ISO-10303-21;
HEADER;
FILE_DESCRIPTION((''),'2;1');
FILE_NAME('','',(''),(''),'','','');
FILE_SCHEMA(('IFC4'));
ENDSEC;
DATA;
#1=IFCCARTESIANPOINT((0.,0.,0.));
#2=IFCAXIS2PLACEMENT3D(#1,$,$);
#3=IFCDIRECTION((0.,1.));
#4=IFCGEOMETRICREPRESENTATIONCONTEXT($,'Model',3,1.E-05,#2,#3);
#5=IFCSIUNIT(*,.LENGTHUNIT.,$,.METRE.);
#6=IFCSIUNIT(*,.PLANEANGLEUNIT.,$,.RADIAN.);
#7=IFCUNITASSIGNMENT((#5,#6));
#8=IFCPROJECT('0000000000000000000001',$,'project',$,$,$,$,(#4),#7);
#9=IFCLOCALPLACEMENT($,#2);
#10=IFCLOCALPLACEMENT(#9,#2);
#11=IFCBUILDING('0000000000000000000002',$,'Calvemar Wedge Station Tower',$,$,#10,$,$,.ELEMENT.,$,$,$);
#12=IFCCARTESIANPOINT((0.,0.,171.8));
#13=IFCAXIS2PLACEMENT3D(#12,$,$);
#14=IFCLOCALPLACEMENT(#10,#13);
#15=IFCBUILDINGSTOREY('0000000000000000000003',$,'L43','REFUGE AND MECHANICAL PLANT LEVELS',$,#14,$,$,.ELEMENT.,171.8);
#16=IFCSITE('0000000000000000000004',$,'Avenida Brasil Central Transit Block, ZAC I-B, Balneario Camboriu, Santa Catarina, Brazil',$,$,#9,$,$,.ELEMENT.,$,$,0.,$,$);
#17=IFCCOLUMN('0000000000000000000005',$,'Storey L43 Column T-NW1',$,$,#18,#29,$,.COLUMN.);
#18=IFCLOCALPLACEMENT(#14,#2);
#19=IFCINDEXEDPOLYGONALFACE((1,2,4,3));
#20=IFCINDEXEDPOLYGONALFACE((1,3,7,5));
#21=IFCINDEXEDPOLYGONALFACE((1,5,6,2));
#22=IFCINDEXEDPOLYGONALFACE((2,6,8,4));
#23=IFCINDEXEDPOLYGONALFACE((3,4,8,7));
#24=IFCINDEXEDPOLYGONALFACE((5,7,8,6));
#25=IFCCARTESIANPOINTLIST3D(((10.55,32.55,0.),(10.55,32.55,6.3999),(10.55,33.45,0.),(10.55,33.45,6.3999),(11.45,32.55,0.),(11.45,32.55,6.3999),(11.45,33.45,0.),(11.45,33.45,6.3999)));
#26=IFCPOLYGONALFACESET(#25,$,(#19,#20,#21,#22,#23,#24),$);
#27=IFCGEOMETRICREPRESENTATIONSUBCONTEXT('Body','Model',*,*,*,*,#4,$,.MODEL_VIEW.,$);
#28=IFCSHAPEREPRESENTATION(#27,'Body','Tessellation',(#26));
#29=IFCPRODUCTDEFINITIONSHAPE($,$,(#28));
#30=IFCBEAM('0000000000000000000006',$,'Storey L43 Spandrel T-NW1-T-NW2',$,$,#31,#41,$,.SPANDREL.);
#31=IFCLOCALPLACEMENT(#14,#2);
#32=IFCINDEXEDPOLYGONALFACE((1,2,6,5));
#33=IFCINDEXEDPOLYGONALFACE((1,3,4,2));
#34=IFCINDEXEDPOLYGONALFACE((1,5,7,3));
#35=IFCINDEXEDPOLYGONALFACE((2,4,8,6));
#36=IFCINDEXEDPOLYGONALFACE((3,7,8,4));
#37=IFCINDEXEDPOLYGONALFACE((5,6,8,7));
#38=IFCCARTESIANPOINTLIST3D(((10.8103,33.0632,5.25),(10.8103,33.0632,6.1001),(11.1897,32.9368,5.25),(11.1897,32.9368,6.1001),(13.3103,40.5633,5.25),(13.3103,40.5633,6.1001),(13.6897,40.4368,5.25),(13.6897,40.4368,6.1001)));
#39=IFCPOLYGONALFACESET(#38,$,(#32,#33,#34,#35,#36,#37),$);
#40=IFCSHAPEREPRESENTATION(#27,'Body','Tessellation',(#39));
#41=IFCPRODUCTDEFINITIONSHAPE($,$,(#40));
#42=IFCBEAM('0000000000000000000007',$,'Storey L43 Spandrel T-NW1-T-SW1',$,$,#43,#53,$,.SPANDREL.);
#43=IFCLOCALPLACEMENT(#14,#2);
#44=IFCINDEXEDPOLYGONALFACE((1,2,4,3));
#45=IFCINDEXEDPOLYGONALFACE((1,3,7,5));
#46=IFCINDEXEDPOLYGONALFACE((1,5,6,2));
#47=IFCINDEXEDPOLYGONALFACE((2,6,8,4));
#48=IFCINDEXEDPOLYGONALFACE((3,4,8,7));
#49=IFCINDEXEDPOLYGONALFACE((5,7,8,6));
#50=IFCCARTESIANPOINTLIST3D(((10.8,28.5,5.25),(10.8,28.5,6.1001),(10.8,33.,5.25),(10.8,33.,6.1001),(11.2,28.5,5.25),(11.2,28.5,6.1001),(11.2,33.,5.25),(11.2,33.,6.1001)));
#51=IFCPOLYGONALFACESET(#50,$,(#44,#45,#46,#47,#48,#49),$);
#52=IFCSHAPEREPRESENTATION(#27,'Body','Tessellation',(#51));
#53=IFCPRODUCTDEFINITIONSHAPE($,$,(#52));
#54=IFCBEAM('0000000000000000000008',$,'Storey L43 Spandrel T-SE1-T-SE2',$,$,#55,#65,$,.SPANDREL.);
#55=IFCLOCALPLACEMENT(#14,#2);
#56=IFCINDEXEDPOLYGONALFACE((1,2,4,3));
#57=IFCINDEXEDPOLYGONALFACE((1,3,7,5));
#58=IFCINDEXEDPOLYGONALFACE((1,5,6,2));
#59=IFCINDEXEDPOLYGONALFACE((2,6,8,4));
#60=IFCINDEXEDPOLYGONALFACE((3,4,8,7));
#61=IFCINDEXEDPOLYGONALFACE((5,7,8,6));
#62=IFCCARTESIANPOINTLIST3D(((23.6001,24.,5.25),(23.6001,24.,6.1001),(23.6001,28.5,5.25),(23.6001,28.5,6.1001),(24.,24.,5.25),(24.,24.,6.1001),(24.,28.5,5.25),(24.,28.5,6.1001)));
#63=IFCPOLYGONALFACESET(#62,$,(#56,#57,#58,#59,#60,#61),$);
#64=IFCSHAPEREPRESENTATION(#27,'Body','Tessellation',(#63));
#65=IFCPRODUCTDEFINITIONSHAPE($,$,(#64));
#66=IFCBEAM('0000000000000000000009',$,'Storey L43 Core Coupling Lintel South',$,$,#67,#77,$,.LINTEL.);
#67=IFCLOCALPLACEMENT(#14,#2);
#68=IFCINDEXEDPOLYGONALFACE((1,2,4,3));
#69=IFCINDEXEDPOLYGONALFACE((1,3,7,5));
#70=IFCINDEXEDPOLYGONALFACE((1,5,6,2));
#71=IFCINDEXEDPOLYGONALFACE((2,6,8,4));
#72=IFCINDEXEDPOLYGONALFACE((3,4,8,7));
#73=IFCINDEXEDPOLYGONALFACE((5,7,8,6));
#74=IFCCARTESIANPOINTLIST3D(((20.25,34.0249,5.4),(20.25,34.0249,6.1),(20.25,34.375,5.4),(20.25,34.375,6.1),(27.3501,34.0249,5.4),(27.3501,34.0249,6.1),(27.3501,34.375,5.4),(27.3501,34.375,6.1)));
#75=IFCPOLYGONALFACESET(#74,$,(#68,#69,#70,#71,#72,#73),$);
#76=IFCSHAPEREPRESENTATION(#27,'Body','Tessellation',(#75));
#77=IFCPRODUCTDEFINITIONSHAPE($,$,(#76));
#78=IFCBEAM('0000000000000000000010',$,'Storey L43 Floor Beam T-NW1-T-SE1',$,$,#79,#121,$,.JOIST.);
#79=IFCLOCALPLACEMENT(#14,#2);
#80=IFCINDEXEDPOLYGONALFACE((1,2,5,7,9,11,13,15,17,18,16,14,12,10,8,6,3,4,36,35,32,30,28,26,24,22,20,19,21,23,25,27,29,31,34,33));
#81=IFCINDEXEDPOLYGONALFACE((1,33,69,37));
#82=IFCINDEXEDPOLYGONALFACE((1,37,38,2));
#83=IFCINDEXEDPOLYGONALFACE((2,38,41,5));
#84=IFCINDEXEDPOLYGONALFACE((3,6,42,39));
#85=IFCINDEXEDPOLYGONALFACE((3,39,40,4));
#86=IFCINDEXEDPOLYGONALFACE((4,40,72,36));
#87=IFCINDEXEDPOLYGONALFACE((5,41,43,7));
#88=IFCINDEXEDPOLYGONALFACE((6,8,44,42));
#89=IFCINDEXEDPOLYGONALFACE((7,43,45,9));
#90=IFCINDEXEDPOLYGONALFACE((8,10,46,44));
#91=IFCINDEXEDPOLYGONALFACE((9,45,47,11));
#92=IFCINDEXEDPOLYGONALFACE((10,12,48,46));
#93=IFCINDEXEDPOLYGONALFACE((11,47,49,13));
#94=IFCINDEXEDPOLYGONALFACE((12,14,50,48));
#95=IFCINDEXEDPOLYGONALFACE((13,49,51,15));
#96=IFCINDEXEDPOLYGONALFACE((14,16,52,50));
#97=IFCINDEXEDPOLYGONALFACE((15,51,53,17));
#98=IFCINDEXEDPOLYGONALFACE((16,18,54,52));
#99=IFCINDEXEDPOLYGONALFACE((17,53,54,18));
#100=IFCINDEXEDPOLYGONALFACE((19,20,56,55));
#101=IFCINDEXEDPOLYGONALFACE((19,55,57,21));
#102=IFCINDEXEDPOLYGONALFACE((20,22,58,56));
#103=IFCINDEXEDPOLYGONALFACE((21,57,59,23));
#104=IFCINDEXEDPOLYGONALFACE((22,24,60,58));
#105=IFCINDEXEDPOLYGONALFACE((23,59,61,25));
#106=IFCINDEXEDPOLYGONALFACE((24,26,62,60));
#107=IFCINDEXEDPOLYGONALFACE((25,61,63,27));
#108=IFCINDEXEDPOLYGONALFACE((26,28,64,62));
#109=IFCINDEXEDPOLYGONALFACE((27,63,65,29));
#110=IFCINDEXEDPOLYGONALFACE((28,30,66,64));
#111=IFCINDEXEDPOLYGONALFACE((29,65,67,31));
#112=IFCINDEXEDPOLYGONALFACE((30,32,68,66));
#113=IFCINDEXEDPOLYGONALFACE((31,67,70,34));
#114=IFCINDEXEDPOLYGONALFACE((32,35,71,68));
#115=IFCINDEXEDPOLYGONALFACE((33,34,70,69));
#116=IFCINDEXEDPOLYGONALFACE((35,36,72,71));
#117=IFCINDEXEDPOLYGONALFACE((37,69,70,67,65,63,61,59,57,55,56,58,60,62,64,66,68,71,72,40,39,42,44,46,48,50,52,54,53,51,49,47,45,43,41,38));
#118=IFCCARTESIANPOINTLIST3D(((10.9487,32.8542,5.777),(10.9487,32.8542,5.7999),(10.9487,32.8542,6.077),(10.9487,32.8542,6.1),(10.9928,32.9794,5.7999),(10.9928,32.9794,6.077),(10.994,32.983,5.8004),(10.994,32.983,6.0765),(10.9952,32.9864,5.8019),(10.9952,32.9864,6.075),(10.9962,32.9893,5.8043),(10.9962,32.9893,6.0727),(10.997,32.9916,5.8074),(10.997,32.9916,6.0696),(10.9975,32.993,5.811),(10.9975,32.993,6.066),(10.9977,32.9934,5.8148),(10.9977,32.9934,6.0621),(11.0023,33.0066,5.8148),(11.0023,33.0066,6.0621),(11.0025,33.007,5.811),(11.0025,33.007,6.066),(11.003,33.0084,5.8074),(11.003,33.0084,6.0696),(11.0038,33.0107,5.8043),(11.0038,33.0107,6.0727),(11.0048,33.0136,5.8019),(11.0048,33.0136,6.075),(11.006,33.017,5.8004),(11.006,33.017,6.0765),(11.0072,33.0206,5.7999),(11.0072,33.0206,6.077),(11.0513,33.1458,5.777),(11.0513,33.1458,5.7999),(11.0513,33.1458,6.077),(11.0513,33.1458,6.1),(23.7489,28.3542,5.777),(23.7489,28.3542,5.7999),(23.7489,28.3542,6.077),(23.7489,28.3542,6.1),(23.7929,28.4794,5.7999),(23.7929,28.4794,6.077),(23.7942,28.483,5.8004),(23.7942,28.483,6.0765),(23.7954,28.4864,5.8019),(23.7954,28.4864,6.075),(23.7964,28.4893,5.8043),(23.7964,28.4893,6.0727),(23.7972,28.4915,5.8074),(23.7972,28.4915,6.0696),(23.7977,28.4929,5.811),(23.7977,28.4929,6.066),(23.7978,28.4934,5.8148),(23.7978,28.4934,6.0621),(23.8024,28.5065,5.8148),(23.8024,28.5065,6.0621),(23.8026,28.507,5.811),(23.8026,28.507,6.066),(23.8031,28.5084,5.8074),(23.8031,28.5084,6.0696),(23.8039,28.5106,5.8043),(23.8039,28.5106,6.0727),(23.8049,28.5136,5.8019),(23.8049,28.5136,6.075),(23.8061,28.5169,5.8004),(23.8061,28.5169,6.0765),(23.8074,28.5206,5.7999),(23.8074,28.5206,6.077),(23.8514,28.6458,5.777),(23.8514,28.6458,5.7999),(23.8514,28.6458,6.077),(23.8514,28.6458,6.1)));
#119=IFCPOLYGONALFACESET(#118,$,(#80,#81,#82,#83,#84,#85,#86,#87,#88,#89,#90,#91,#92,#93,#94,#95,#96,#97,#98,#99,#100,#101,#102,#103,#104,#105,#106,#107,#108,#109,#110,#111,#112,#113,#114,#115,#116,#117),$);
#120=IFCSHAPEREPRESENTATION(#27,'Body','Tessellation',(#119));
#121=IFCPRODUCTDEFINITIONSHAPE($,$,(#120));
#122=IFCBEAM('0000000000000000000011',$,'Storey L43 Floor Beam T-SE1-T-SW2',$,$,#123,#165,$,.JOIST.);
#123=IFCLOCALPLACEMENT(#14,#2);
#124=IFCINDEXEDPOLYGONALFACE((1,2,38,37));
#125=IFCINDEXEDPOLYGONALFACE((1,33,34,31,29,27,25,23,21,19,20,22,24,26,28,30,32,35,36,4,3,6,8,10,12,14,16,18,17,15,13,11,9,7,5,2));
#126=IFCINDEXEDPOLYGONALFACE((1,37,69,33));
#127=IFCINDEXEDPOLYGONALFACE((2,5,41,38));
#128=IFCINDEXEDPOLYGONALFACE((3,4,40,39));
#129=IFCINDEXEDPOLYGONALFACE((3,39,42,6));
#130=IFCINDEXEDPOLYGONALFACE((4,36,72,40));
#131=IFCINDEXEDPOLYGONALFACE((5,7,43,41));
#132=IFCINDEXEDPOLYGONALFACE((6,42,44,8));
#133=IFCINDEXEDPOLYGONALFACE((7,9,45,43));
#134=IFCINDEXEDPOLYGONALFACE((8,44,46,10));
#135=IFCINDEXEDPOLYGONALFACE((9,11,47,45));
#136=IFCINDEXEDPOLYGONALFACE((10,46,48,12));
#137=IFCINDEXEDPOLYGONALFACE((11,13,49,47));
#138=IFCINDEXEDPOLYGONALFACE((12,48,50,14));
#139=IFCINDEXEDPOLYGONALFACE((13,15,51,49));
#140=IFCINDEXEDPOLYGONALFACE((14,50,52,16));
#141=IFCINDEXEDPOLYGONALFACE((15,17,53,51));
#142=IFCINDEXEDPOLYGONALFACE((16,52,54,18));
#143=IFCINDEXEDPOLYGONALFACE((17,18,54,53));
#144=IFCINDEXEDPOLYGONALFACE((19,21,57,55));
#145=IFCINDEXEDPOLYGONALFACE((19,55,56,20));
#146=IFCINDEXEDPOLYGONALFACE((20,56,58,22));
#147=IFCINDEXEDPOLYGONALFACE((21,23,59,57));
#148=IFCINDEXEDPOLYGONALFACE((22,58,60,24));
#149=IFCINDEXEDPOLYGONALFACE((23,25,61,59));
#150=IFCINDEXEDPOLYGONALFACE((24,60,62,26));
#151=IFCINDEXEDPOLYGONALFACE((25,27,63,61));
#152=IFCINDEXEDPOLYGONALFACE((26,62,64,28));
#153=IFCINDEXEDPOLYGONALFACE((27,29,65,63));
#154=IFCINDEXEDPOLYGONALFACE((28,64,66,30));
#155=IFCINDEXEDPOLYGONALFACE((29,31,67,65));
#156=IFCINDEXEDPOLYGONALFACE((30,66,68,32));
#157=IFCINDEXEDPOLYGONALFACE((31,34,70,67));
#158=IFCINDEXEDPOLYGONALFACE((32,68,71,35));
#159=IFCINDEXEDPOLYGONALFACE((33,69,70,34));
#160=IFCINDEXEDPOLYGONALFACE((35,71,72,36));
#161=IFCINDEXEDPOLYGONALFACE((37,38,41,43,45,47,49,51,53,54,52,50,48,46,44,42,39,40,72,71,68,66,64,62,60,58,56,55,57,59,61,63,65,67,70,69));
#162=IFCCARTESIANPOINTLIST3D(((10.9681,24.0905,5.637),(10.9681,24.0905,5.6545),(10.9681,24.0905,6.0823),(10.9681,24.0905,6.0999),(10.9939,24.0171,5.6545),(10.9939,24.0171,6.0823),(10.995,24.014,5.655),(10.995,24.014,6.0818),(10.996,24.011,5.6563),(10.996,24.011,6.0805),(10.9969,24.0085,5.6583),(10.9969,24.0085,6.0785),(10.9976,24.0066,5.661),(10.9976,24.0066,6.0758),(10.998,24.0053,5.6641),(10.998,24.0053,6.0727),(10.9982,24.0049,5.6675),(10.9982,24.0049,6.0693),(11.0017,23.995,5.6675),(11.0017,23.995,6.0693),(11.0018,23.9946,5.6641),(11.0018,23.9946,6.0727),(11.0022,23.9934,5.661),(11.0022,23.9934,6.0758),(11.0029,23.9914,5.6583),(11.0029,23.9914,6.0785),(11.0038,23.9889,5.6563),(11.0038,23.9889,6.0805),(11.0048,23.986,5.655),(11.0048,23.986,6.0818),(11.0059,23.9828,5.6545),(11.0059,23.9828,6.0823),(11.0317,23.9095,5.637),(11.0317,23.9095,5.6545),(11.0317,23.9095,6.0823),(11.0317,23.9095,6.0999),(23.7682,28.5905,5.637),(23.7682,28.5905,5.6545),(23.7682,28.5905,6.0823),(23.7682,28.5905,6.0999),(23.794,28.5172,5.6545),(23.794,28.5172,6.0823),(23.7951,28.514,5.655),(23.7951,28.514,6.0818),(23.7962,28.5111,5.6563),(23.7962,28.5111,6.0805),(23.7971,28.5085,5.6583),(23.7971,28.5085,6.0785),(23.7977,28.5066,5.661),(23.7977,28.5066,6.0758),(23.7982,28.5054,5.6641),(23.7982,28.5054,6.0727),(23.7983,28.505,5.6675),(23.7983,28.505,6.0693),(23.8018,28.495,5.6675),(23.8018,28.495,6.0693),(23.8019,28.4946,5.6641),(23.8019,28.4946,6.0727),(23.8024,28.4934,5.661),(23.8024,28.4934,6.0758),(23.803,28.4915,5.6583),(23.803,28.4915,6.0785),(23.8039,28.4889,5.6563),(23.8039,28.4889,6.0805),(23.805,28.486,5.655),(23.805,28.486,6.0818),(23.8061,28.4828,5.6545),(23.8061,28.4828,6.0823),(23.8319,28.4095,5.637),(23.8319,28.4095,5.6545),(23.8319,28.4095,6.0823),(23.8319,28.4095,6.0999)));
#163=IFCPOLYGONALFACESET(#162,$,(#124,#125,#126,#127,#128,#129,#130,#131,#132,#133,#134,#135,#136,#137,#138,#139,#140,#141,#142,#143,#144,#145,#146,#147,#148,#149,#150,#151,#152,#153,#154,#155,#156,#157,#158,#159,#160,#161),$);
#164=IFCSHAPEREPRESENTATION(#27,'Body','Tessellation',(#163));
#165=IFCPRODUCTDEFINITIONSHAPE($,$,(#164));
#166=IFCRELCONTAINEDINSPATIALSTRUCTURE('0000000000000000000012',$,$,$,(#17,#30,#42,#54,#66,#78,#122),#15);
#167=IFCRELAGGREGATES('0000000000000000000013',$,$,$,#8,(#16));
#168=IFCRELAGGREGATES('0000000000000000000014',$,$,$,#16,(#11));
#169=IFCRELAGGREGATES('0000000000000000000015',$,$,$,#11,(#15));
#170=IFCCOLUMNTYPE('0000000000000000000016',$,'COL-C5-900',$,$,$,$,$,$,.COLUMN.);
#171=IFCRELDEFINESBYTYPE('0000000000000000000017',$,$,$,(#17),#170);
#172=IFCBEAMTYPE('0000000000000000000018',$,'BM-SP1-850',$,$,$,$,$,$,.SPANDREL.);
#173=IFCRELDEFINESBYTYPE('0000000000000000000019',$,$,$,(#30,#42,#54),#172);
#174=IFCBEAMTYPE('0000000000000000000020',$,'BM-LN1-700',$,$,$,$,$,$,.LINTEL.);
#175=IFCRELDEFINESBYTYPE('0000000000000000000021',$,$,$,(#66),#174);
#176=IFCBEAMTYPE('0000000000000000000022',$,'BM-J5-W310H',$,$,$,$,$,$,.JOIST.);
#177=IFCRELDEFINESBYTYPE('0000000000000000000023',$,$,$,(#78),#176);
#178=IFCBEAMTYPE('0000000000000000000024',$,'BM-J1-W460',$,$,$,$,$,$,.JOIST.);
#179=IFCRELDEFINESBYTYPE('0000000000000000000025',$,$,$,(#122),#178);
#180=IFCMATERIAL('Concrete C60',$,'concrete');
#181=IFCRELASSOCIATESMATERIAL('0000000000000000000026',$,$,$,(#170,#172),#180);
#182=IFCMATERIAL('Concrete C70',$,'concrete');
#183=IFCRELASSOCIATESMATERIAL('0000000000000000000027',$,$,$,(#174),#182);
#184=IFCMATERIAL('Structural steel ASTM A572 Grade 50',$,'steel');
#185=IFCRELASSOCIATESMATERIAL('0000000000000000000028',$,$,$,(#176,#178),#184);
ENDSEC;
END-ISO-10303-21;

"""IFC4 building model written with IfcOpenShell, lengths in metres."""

from ifc_helpers import new_model, si_unit, direction, frame, origin, origin_2d, place, context, subcontext, project, spatial, rectangle, i_section, extrude, source, transform, mapped, material, material_profile, profile_set, type_object, element, save


model = new_model("IFC4")

# Units and contexts
model_context = context("Model", 3, precision=1e-05, world=origin(), true_north=direction((0.0, 1.0)))
body_context = subcontext(model_context, "Body", "Model", "MODEL_VIEW")
ifc_project = project(units=[si_unit("LENGTHUNIT", "METRE"), si_unit("PLANEANGLEUNIT", "RADIAN")], contexts=[model_context])

# Site, building, storey
site_placement = place(None, origin())
site = spatial("IfcSite", under=ifc_project, at=site_placement, Name="Avenida Brasil Central Transit Block, ZAC I-B, Balneario Camboriu, Santa Catarina, Brazil", CompositionType="ELEMENT", RefElevation=0.0)
building_placement = place(site_placement, origin())
building = spatial("IfcBuilding", under=site, at=building_placement, Name="Calvemar Wedge Station Tower", CompositionType="ELEMENT")
storey_placement = place(building_placement, frame((0.0, 0.0, 171.8)))
storey = spatial("IfcBuildingStorey", under=building, at=storey_placement, Name="L43", Description="REFUGE AND MECHANICAL PLANT LEVELS", CompositionType="ELEMENT", Elevation=171.8)

# Column
ifc_material_1 = material(Name="Concrete C60", Category="concrete")
ifc_material_profile_1 = material_profile(ifc_material_1, rectangle(XDim=0.8999, YDim=0.8999, at=origin_2d()), Name="RC900x900")
ifc_profile_set_1 = profile_set([ifc_material_profile_1], Name="Concrete C60")
column_type = type_object("IfcColumnType", Name="COL-C5-900", PredefinedType="COLUMN", material=ifc_profile_set_1)
shared_shape_1 = source(origin(), body_context, "Body", "SweptSolid", [
    extrude(rectangle(XDim=0.8999, YDim=0.8999, at=origin_2d()), origin(), (0.0, 0.0, 1.0), 6.3999),
])
column_placement = place(storey_placement, frame((11.0, 33.0, 0.0), z_axis=(0.0, 0.0, 1.0), x_axis=(1.0, 0.0, 0.0)))
element("IfcColumn", 1, at=column_placement, inside=storey, type_object=column_type, Name="Storey L43 Column T-NW1", PredefinedType="COLUMN", context=body_context, shape_type="MappedRepresentation", body=[
    mapped(shared_shape_1, transform((0.0, 0.0, 0.0), scale=1.0)),
])

# Beams
ifc_material_profile_2 = material_profile(ifc_material_1, rectangle(XDim=0.3999, YDim=0.8501, at=origin_2d()), Name="RC400x850")
ifc_profile_set_2 = profile_set([ifc_material_profile_2], Name="Concrete C60")
beam_type_1 = type_object("IfcBeamType", Name="BM-SP1-850", PredefinedType="SPANDREL", material=ifc_profile_set_2)
shared_shape_2 = source(origin(), body_context, "Body", "SweptSolid", [
    extrude(rectangle(XDim=0.3999, YDim=0.8501, at=origin_2d()), origin(), (0.0, 0.0, 1.0), 7.9058),
])
beam_1_placement = place(storey_placement, frame((11.0, 33.0, 5.675), z_axis=(0.316228, 0.948683, 0.0), x_axis=(-0.948683, 0.316228, 0.0)))
element("IfcBeam", 2, at=beam_1_placement, inside=storey, type_object=beam_type_1, Name="Storey L43 Spandrel T-NW1-T-NW2", PredefinedType="SPANDREL", context=body_context, shape_type="MappedRepresentation", body=[
    mapped(shared_shape_2, transform((0.0, 0.0, 0.0), scale=1.0)),
])
shared_shape_3 = source(origin(), body_context, "Body", "SweptSolid", [
    extrude(rectangle(XDim=0.3999, YDim=0.8501, at=origin_2d()), origin(), (0.0, 0.0, 1.0), 4.5),
])
for number, where, z_axis, x_axis, name in (
    (3, (11.0, 33.0, 5.675), (0.0, -1.0, 0.0), (1.0, 0.0, 0.0), "Storey L43 Spandrel T-NW1-T-SW1"),
    (4, (23.8, 28.5, 5.675), (0.0, -1.0, 0.0), (1.0, 0.0, 0.0), "Storey L43 Spandrel T-SE1-T-SE2"),
):
    element("IfcBeam", number, at=place(storey_placement, frame(where, z_axis=z_axis, x_axis=x_axis)), inside=storey, type_object=beam_type_1, Name=name, PredefinedType="SPANDREL", context=body_context, shape_type="MappedRepresentation", body=[
        mapped(shared_shape_3, transform((0.0, 0.0, 0.0), scale=1.0)),
    ])
ifc_material_2 = material(Name="Concrete C70", Category="concrete")
ifc_material_profile_3 = material_profile(ifc_material_2, rectangle(XDim=0.3501, YDim=0.7, at=origin_2d()), Name="RC350x700")
ifc_profile_set_3 = profile_set([ifc_material_profile_3], Name="Concrete C70")
beam_type_2 = type_object("IfcBeamType", Name="BM-LN1-700", PredefinedType="LINTEL", material=ifc_profile_set_3)
shared_shape_4 = source(origin(), body_context, "Body", "SweptSolid", [
    extrude(rectangle(XDim=0.3501, YDim=0.7, at=origin_2d()), origin(), (0.0, 0.0, 1.0), 7.1001),
])
beam_2_placement = place(storey_placement, frame((20.25, 34.2, 5.75), z_axis=(1.0, 0.0, 0.0), x_axis=(0.0, 1.0, 0.0)))
element("IfcBeam", 5, at=beam_2_placement, inside=storey, type_object=beam_type_2, Name="Storey L43 Core Coupling Lintel South", PredefinedType="LINTEL", context=body_context, shape_type="MappedRepresentation", body=[
    mapped(shared_shape_4, transform((0.0, 0.0, 0.0), scale=1.0)),
])
ifc_material_3 = material(Name="Structural steel ASTM A572 Grade 50", Category="steel")
ifc_material_profile_4 = material_profile(ifc_material_3, i_section(OverallWidth=0.3091, OverallDepth=0.323, WebThickness=0.0139, FlangeThickness=0.0229, FilletRadius=0.0149, at=origin_2d()), Name="W310x143")
ifc_profile_set_4 = profile_set([ifc_material_profile_4], Name="Structural steel ASTM A572 Grade 50")
beam_type_3 = type_object("IfcBeamType", Name="BM-J5-W310H", PredefinedType="JOIST", material=ifc_profile_set_4)
shared_shape_5 = source(origin(), body_context, "Body", "SweptSolid", [
    extrude(i_section(OverallWidth=0.3091, OverallDepth=0.323, WebThickness=0.0139, FlangeThickness=0.0229, FilletRadius=0.0149, at=origin_2d()), origin(), (0.0, 0.0, 1.0), 13.5681),
])
beam_3_placement = place(storey_placement, frame((11.0, 33.0, 5.9385), z_axis=(0.943398, -0.331662, 0.0), x_axis=(0.331662, 0.943398, 0.0)))
element("IfcBeam", 6, at=beam_3_placement, inside=storey, type_object=beam_type_3, Name="Storey L43 Floor Beam T-NW1-T-SE1", PredefinedType="JOIST", context=body_context, shape_type="MappedRepresentation", body=[
    mapped(shared_shape_5, transform((0.0, 0.0, 0.0), scale=1.0)),
])
ifc_material_profile_5 = material_profile(ifc_material_3, i_section(OverallWidth=0.1919, OverallDepth=0.4629, WebThickness=0.0105, FlangeThickness=0.0176, FilletRadius=0.0129, at=origin_2d()), Name="W460x89")
ifc_profile_set_5 = profile_set([ifc_material_profile_5], Name="Structural steel ASTM A572 Grade 50")
beam_type_4 = type_object("IfcBeamType", Name="BM-J1-W460", PredefinedType="JOIST", material=ifc_profile_set_5)
shared_shape_6 = source(origin(), body_context, "Body", "SweptSolid", [
    extrude(i_section(OverallWidth=0.1919, OverallDepth=0.4629, WebThickness=0.0105, FlangeThickness=0.0176, FilletRadius=0.0129, at=origin_2d()), origin(), (0.0, 0.0, 1.0), 13.5681),
])
beam_4_placement = place(storey_placement, frame((23.8, 28.5, 5.8684), z_axis=(-0.943398, -0.331662, 0.0), x_axis=(0.331662, -0.943398, 0.0)))
element("IfcBeam", 7, at=beam_4_placement, inside=storey, type_object=beam_type_4, Name="Storey L43 Floor Beam T-SE1-T-SW2", PredefinedType="JOIST", context=body_context, shape_type="MappedRepresentation", body=[
    mapped(shared_shape_6, transform((0.0, 0.0, 0.0), scale=1.0)),
])

save(model, "model.ifc")
